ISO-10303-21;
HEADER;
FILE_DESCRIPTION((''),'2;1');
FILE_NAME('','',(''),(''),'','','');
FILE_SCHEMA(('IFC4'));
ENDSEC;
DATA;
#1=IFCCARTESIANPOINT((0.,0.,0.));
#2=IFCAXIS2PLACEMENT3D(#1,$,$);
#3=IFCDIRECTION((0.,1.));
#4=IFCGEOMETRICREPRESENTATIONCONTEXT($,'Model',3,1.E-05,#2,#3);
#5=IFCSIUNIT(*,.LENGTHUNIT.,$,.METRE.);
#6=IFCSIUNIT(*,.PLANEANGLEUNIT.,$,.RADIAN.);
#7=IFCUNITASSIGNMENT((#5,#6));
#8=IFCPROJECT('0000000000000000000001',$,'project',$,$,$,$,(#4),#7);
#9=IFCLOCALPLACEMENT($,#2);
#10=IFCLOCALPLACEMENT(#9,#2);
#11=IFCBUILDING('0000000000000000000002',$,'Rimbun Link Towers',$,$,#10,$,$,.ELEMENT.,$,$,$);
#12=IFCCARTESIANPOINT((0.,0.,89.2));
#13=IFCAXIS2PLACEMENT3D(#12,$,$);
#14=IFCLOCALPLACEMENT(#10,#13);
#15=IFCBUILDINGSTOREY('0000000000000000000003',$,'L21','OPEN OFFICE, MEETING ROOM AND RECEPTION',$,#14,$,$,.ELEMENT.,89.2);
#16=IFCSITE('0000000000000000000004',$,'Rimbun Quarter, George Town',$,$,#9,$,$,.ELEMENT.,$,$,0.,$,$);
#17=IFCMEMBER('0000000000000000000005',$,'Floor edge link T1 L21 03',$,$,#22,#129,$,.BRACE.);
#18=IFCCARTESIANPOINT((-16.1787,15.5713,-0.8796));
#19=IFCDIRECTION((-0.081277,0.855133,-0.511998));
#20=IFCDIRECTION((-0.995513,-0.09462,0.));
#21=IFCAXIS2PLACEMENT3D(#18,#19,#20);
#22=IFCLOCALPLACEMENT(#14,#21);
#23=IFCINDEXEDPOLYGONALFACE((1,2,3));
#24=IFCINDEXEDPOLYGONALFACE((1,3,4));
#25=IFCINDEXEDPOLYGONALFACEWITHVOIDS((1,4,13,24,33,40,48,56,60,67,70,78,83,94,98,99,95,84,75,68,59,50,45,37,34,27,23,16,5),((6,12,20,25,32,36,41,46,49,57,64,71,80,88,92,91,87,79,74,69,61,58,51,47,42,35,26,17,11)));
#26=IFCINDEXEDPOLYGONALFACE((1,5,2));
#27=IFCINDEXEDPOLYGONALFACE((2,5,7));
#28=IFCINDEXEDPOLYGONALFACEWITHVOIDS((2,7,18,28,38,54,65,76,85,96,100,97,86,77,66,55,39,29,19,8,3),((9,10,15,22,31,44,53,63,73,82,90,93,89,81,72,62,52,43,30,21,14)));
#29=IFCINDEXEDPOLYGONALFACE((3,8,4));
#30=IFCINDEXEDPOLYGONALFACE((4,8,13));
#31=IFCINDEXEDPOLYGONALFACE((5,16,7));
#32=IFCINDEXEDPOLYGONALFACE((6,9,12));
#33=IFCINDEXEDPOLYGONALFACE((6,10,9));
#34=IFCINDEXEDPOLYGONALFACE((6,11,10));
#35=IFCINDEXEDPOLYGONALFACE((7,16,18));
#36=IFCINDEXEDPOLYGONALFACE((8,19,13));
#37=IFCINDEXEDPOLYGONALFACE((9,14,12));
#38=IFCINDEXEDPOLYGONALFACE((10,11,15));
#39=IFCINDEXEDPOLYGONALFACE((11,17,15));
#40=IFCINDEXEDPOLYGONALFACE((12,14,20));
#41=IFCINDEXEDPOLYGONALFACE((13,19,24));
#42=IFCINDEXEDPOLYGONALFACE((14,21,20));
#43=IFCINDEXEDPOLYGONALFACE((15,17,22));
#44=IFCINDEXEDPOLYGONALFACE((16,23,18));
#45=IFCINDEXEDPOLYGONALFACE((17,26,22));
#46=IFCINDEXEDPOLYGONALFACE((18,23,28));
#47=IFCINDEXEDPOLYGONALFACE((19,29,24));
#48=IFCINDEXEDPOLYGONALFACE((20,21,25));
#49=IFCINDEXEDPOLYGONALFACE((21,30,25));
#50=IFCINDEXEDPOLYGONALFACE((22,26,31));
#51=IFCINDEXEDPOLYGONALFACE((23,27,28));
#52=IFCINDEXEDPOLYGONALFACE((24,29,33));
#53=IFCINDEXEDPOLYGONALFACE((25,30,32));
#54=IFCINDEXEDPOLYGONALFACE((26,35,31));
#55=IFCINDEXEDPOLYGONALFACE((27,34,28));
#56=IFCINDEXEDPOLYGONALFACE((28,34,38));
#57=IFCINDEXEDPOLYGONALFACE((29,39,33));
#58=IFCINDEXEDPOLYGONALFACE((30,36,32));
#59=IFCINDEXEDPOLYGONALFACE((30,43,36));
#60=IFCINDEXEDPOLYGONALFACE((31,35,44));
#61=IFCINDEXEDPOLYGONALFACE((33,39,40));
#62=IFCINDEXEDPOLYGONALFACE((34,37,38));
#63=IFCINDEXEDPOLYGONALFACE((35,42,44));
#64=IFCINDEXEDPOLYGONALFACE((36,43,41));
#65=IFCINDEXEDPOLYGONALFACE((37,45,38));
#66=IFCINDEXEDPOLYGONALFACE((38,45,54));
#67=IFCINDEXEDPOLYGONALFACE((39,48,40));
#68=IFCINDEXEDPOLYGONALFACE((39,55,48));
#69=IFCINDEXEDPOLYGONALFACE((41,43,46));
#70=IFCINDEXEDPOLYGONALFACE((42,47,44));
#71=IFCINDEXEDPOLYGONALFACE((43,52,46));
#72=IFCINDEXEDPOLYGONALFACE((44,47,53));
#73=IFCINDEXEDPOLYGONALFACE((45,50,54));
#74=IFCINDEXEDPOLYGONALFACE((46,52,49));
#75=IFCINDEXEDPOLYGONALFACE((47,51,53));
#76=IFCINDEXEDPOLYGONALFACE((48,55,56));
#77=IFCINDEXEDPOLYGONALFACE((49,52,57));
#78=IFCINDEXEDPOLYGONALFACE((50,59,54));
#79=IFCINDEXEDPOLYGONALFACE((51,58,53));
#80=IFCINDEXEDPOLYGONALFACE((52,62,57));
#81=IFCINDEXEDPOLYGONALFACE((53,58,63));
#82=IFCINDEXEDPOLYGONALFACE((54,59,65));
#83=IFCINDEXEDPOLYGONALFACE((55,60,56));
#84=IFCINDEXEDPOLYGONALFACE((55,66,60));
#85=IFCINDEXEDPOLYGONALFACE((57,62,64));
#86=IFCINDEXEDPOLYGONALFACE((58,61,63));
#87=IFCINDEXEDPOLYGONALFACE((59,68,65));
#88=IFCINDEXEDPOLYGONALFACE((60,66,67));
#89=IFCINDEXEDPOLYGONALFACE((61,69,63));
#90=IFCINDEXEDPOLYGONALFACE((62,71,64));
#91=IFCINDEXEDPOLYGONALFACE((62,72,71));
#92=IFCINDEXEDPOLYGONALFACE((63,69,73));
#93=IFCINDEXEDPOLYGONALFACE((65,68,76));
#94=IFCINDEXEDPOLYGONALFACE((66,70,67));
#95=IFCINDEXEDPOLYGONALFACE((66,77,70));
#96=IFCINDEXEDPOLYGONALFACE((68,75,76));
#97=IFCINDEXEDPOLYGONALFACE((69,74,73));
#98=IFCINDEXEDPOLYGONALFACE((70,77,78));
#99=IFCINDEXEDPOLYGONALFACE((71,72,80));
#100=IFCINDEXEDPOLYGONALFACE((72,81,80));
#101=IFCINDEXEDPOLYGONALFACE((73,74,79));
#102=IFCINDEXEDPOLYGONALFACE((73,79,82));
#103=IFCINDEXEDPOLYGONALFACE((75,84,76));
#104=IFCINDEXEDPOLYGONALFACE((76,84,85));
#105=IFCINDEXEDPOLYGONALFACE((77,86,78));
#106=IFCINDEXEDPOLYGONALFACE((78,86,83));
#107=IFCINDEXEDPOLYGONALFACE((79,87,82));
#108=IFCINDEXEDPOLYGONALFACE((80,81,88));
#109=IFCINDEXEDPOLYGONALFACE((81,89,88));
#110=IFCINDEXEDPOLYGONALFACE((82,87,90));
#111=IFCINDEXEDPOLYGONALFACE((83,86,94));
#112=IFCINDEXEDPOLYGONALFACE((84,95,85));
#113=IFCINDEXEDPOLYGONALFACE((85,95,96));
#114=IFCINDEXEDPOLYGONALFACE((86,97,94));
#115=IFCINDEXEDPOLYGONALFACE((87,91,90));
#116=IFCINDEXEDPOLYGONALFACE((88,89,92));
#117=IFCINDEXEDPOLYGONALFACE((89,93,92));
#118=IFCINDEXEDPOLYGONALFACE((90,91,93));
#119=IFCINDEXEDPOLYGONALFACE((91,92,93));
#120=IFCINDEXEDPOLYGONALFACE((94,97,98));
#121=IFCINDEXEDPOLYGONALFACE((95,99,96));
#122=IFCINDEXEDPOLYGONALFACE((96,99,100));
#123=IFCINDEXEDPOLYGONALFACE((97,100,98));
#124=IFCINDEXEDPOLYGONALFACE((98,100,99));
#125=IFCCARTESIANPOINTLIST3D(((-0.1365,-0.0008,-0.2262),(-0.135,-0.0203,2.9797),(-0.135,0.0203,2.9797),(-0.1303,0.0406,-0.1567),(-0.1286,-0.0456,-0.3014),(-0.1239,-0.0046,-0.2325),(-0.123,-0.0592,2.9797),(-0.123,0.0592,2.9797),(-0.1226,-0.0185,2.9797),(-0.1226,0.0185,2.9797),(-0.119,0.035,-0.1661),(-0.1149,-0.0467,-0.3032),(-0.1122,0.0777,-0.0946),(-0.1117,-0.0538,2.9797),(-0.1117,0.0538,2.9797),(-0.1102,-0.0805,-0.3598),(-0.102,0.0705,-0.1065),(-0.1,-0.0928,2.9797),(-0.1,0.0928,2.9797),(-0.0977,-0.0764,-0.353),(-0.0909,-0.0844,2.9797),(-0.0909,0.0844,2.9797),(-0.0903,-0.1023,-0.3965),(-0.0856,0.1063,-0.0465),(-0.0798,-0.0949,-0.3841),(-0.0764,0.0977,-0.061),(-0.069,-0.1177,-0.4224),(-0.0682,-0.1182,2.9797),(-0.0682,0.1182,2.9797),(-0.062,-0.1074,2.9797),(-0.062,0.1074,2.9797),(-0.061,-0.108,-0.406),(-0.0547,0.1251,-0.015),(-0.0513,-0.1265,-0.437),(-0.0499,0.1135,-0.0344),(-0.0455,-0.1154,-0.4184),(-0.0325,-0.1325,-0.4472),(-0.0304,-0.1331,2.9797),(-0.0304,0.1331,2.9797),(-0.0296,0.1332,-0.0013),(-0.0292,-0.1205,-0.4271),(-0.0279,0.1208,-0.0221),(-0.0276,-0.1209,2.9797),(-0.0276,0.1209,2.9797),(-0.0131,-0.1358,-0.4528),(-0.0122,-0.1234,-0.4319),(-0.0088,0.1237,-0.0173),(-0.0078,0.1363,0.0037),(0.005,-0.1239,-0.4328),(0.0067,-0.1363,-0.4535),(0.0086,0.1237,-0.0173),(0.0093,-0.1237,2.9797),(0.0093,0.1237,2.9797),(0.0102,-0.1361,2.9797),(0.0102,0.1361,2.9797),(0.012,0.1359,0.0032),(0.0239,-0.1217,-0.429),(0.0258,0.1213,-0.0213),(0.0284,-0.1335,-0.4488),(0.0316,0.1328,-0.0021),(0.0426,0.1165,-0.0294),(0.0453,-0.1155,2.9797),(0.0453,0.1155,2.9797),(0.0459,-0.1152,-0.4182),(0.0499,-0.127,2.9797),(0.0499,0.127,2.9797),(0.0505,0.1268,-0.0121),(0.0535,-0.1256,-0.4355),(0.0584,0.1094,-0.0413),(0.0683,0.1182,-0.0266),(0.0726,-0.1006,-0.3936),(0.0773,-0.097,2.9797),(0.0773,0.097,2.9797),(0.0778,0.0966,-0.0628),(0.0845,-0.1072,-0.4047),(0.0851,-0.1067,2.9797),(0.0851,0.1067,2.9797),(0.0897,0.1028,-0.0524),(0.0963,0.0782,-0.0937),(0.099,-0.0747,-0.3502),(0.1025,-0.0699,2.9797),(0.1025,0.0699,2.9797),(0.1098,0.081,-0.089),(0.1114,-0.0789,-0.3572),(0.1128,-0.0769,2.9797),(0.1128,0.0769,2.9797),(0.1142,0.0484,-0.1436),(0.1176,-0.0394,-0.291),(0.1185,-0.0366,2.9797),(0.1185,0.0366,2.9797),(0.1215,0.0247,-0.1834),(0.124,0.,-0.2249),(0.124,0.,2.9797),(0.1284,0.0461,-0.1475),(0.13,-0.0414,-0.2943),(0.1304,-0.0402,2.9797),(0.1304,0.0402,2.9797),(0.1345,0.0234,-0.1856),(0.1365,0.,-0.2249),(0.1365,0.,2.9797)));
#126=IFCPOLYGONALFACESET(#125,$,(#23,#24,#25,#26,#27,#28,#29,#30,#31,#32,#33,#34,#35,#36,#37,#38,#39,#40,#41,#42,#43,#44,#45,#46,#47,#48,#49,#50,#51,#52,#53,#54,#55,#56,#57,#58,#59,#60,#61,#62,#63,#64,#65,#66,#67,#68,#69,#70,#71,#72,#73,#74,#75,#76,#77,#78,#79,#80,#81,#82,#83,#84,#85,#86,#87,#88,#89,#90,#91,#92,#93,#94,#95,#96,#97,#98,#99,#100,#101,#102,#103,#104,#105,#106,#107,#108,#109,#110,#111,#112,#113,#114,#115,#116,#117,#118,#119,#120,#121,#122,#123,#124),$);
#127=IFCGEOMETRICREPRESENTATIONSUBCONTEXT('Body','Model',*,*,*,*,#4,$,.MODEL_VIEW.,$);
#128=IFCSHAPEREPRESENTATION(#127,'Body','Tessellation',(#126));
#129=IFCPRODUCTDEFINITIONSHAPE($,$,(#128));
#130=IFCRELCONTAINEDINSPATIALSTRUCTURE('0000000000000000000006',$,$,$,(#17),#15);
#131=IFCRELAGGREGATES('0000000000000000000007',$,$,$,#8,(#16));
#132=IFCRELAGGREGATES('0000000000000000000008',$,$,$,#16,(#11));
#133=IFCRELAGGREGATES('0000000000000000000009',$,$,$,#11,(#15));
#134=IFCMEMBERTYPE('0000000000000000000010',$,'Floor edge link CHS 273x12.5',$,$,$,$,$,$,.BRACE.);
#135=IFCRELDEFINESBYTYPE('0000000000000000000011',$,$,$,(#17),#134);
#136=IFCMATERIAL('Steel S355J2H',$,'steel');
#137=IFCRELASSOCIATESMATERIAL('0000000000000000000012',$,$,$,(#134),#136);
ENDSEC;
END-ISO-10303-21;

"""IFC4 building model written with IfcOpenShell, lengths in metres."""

from ifc_helpers import new_model, si_unit, direction, frame, origin, origin_2d, place, context, subcontext, project, spatial, hollow_circle, extrude, clip, halfspace, material, material_profile, profile_set, type_object, element, save


model = new_model("IFC4")

# Units and contexts
model_context = context("Model", 3, precision=1e-05, world=origin(), true_north=direction((0.0, 1.0)))
body_context = subcontext(model_context, "Body", "Model", "MODEL_VIEW")
ifc_project = project(units=[si_unit("LENGTHUNIT", "METRE"), si_unit("PLANEANGLEUNIT", "RADIAN")], contexts=[model_context])

# Site, building, storey
site_placement = place(None, origin())
site = spatial("IfcSite", under=ifc_project, at=site_placement, Name="Rimbun Quarter, George Town", CompositionType="ELEMENT", RefElevation=0.0)
building_placement = place(site_placement, origin())
building = spatial("IfcBuilding", under=site, at=building_placement, Name="Rimbun Link Towers", CompositionType="ELEMENT")
storey_placement = place(building_placement, frame((0.0, 0.0, 89.2)))
storey = spatial("IfcBuildingStorey", under=building, at=storey_placement, Name="L21", Description="OPEN OFFICE, MEETING ROOM AND RECEPTION", CompositionType="ELEMENT", Elevation=89.2)

# Member
ifc_material_1 = material(Name="Steel S355J2H", Category="steel")
ifc_material_profile_1 = material_profile(ifc_material_1, hollow_circle(Radius=0.1365, WallThickness=0.0125, at=origin_2d()), Name="CHS 273x12.5")
ifc_profile_set_1 = profile_set([ifc_material_profile_1], Name="Steel S355J2H")
member_type = type_object("IfcMemberType", Name="Floor edge link CHS 273x12.5", PredefinedType="BRACE", material=ifc_profile_set_1)
member_placement = place(storey_placement, frame((-16.1787, 15.5713, -0.8796), z_axis=(-0.081277, 0.855133, -0.511998), x_axis=(-0.995513, -0.09462, 0.0)))
element("IfcMember", 1, at=member_placement, inside=storey, type_object=member_type, Name="Floor edge link T1 L21 03", PredefinedType="BRACE", context=body_context, shape_type="Clipping", body=[
    clip(extrude(hollow_circle(Radius=0.1365, WallThickness=0.0125, at=origin_2d()), frame((0.0, 0.0, -0.4775)), (0.0, 0.0, 1.0), 3.4573), halfspace(frame((0.0, 0.0, -0.2249), z_axis=(0.0, 0.858987, -0.511998)), False)),
])

save(model, "model.ifc")
